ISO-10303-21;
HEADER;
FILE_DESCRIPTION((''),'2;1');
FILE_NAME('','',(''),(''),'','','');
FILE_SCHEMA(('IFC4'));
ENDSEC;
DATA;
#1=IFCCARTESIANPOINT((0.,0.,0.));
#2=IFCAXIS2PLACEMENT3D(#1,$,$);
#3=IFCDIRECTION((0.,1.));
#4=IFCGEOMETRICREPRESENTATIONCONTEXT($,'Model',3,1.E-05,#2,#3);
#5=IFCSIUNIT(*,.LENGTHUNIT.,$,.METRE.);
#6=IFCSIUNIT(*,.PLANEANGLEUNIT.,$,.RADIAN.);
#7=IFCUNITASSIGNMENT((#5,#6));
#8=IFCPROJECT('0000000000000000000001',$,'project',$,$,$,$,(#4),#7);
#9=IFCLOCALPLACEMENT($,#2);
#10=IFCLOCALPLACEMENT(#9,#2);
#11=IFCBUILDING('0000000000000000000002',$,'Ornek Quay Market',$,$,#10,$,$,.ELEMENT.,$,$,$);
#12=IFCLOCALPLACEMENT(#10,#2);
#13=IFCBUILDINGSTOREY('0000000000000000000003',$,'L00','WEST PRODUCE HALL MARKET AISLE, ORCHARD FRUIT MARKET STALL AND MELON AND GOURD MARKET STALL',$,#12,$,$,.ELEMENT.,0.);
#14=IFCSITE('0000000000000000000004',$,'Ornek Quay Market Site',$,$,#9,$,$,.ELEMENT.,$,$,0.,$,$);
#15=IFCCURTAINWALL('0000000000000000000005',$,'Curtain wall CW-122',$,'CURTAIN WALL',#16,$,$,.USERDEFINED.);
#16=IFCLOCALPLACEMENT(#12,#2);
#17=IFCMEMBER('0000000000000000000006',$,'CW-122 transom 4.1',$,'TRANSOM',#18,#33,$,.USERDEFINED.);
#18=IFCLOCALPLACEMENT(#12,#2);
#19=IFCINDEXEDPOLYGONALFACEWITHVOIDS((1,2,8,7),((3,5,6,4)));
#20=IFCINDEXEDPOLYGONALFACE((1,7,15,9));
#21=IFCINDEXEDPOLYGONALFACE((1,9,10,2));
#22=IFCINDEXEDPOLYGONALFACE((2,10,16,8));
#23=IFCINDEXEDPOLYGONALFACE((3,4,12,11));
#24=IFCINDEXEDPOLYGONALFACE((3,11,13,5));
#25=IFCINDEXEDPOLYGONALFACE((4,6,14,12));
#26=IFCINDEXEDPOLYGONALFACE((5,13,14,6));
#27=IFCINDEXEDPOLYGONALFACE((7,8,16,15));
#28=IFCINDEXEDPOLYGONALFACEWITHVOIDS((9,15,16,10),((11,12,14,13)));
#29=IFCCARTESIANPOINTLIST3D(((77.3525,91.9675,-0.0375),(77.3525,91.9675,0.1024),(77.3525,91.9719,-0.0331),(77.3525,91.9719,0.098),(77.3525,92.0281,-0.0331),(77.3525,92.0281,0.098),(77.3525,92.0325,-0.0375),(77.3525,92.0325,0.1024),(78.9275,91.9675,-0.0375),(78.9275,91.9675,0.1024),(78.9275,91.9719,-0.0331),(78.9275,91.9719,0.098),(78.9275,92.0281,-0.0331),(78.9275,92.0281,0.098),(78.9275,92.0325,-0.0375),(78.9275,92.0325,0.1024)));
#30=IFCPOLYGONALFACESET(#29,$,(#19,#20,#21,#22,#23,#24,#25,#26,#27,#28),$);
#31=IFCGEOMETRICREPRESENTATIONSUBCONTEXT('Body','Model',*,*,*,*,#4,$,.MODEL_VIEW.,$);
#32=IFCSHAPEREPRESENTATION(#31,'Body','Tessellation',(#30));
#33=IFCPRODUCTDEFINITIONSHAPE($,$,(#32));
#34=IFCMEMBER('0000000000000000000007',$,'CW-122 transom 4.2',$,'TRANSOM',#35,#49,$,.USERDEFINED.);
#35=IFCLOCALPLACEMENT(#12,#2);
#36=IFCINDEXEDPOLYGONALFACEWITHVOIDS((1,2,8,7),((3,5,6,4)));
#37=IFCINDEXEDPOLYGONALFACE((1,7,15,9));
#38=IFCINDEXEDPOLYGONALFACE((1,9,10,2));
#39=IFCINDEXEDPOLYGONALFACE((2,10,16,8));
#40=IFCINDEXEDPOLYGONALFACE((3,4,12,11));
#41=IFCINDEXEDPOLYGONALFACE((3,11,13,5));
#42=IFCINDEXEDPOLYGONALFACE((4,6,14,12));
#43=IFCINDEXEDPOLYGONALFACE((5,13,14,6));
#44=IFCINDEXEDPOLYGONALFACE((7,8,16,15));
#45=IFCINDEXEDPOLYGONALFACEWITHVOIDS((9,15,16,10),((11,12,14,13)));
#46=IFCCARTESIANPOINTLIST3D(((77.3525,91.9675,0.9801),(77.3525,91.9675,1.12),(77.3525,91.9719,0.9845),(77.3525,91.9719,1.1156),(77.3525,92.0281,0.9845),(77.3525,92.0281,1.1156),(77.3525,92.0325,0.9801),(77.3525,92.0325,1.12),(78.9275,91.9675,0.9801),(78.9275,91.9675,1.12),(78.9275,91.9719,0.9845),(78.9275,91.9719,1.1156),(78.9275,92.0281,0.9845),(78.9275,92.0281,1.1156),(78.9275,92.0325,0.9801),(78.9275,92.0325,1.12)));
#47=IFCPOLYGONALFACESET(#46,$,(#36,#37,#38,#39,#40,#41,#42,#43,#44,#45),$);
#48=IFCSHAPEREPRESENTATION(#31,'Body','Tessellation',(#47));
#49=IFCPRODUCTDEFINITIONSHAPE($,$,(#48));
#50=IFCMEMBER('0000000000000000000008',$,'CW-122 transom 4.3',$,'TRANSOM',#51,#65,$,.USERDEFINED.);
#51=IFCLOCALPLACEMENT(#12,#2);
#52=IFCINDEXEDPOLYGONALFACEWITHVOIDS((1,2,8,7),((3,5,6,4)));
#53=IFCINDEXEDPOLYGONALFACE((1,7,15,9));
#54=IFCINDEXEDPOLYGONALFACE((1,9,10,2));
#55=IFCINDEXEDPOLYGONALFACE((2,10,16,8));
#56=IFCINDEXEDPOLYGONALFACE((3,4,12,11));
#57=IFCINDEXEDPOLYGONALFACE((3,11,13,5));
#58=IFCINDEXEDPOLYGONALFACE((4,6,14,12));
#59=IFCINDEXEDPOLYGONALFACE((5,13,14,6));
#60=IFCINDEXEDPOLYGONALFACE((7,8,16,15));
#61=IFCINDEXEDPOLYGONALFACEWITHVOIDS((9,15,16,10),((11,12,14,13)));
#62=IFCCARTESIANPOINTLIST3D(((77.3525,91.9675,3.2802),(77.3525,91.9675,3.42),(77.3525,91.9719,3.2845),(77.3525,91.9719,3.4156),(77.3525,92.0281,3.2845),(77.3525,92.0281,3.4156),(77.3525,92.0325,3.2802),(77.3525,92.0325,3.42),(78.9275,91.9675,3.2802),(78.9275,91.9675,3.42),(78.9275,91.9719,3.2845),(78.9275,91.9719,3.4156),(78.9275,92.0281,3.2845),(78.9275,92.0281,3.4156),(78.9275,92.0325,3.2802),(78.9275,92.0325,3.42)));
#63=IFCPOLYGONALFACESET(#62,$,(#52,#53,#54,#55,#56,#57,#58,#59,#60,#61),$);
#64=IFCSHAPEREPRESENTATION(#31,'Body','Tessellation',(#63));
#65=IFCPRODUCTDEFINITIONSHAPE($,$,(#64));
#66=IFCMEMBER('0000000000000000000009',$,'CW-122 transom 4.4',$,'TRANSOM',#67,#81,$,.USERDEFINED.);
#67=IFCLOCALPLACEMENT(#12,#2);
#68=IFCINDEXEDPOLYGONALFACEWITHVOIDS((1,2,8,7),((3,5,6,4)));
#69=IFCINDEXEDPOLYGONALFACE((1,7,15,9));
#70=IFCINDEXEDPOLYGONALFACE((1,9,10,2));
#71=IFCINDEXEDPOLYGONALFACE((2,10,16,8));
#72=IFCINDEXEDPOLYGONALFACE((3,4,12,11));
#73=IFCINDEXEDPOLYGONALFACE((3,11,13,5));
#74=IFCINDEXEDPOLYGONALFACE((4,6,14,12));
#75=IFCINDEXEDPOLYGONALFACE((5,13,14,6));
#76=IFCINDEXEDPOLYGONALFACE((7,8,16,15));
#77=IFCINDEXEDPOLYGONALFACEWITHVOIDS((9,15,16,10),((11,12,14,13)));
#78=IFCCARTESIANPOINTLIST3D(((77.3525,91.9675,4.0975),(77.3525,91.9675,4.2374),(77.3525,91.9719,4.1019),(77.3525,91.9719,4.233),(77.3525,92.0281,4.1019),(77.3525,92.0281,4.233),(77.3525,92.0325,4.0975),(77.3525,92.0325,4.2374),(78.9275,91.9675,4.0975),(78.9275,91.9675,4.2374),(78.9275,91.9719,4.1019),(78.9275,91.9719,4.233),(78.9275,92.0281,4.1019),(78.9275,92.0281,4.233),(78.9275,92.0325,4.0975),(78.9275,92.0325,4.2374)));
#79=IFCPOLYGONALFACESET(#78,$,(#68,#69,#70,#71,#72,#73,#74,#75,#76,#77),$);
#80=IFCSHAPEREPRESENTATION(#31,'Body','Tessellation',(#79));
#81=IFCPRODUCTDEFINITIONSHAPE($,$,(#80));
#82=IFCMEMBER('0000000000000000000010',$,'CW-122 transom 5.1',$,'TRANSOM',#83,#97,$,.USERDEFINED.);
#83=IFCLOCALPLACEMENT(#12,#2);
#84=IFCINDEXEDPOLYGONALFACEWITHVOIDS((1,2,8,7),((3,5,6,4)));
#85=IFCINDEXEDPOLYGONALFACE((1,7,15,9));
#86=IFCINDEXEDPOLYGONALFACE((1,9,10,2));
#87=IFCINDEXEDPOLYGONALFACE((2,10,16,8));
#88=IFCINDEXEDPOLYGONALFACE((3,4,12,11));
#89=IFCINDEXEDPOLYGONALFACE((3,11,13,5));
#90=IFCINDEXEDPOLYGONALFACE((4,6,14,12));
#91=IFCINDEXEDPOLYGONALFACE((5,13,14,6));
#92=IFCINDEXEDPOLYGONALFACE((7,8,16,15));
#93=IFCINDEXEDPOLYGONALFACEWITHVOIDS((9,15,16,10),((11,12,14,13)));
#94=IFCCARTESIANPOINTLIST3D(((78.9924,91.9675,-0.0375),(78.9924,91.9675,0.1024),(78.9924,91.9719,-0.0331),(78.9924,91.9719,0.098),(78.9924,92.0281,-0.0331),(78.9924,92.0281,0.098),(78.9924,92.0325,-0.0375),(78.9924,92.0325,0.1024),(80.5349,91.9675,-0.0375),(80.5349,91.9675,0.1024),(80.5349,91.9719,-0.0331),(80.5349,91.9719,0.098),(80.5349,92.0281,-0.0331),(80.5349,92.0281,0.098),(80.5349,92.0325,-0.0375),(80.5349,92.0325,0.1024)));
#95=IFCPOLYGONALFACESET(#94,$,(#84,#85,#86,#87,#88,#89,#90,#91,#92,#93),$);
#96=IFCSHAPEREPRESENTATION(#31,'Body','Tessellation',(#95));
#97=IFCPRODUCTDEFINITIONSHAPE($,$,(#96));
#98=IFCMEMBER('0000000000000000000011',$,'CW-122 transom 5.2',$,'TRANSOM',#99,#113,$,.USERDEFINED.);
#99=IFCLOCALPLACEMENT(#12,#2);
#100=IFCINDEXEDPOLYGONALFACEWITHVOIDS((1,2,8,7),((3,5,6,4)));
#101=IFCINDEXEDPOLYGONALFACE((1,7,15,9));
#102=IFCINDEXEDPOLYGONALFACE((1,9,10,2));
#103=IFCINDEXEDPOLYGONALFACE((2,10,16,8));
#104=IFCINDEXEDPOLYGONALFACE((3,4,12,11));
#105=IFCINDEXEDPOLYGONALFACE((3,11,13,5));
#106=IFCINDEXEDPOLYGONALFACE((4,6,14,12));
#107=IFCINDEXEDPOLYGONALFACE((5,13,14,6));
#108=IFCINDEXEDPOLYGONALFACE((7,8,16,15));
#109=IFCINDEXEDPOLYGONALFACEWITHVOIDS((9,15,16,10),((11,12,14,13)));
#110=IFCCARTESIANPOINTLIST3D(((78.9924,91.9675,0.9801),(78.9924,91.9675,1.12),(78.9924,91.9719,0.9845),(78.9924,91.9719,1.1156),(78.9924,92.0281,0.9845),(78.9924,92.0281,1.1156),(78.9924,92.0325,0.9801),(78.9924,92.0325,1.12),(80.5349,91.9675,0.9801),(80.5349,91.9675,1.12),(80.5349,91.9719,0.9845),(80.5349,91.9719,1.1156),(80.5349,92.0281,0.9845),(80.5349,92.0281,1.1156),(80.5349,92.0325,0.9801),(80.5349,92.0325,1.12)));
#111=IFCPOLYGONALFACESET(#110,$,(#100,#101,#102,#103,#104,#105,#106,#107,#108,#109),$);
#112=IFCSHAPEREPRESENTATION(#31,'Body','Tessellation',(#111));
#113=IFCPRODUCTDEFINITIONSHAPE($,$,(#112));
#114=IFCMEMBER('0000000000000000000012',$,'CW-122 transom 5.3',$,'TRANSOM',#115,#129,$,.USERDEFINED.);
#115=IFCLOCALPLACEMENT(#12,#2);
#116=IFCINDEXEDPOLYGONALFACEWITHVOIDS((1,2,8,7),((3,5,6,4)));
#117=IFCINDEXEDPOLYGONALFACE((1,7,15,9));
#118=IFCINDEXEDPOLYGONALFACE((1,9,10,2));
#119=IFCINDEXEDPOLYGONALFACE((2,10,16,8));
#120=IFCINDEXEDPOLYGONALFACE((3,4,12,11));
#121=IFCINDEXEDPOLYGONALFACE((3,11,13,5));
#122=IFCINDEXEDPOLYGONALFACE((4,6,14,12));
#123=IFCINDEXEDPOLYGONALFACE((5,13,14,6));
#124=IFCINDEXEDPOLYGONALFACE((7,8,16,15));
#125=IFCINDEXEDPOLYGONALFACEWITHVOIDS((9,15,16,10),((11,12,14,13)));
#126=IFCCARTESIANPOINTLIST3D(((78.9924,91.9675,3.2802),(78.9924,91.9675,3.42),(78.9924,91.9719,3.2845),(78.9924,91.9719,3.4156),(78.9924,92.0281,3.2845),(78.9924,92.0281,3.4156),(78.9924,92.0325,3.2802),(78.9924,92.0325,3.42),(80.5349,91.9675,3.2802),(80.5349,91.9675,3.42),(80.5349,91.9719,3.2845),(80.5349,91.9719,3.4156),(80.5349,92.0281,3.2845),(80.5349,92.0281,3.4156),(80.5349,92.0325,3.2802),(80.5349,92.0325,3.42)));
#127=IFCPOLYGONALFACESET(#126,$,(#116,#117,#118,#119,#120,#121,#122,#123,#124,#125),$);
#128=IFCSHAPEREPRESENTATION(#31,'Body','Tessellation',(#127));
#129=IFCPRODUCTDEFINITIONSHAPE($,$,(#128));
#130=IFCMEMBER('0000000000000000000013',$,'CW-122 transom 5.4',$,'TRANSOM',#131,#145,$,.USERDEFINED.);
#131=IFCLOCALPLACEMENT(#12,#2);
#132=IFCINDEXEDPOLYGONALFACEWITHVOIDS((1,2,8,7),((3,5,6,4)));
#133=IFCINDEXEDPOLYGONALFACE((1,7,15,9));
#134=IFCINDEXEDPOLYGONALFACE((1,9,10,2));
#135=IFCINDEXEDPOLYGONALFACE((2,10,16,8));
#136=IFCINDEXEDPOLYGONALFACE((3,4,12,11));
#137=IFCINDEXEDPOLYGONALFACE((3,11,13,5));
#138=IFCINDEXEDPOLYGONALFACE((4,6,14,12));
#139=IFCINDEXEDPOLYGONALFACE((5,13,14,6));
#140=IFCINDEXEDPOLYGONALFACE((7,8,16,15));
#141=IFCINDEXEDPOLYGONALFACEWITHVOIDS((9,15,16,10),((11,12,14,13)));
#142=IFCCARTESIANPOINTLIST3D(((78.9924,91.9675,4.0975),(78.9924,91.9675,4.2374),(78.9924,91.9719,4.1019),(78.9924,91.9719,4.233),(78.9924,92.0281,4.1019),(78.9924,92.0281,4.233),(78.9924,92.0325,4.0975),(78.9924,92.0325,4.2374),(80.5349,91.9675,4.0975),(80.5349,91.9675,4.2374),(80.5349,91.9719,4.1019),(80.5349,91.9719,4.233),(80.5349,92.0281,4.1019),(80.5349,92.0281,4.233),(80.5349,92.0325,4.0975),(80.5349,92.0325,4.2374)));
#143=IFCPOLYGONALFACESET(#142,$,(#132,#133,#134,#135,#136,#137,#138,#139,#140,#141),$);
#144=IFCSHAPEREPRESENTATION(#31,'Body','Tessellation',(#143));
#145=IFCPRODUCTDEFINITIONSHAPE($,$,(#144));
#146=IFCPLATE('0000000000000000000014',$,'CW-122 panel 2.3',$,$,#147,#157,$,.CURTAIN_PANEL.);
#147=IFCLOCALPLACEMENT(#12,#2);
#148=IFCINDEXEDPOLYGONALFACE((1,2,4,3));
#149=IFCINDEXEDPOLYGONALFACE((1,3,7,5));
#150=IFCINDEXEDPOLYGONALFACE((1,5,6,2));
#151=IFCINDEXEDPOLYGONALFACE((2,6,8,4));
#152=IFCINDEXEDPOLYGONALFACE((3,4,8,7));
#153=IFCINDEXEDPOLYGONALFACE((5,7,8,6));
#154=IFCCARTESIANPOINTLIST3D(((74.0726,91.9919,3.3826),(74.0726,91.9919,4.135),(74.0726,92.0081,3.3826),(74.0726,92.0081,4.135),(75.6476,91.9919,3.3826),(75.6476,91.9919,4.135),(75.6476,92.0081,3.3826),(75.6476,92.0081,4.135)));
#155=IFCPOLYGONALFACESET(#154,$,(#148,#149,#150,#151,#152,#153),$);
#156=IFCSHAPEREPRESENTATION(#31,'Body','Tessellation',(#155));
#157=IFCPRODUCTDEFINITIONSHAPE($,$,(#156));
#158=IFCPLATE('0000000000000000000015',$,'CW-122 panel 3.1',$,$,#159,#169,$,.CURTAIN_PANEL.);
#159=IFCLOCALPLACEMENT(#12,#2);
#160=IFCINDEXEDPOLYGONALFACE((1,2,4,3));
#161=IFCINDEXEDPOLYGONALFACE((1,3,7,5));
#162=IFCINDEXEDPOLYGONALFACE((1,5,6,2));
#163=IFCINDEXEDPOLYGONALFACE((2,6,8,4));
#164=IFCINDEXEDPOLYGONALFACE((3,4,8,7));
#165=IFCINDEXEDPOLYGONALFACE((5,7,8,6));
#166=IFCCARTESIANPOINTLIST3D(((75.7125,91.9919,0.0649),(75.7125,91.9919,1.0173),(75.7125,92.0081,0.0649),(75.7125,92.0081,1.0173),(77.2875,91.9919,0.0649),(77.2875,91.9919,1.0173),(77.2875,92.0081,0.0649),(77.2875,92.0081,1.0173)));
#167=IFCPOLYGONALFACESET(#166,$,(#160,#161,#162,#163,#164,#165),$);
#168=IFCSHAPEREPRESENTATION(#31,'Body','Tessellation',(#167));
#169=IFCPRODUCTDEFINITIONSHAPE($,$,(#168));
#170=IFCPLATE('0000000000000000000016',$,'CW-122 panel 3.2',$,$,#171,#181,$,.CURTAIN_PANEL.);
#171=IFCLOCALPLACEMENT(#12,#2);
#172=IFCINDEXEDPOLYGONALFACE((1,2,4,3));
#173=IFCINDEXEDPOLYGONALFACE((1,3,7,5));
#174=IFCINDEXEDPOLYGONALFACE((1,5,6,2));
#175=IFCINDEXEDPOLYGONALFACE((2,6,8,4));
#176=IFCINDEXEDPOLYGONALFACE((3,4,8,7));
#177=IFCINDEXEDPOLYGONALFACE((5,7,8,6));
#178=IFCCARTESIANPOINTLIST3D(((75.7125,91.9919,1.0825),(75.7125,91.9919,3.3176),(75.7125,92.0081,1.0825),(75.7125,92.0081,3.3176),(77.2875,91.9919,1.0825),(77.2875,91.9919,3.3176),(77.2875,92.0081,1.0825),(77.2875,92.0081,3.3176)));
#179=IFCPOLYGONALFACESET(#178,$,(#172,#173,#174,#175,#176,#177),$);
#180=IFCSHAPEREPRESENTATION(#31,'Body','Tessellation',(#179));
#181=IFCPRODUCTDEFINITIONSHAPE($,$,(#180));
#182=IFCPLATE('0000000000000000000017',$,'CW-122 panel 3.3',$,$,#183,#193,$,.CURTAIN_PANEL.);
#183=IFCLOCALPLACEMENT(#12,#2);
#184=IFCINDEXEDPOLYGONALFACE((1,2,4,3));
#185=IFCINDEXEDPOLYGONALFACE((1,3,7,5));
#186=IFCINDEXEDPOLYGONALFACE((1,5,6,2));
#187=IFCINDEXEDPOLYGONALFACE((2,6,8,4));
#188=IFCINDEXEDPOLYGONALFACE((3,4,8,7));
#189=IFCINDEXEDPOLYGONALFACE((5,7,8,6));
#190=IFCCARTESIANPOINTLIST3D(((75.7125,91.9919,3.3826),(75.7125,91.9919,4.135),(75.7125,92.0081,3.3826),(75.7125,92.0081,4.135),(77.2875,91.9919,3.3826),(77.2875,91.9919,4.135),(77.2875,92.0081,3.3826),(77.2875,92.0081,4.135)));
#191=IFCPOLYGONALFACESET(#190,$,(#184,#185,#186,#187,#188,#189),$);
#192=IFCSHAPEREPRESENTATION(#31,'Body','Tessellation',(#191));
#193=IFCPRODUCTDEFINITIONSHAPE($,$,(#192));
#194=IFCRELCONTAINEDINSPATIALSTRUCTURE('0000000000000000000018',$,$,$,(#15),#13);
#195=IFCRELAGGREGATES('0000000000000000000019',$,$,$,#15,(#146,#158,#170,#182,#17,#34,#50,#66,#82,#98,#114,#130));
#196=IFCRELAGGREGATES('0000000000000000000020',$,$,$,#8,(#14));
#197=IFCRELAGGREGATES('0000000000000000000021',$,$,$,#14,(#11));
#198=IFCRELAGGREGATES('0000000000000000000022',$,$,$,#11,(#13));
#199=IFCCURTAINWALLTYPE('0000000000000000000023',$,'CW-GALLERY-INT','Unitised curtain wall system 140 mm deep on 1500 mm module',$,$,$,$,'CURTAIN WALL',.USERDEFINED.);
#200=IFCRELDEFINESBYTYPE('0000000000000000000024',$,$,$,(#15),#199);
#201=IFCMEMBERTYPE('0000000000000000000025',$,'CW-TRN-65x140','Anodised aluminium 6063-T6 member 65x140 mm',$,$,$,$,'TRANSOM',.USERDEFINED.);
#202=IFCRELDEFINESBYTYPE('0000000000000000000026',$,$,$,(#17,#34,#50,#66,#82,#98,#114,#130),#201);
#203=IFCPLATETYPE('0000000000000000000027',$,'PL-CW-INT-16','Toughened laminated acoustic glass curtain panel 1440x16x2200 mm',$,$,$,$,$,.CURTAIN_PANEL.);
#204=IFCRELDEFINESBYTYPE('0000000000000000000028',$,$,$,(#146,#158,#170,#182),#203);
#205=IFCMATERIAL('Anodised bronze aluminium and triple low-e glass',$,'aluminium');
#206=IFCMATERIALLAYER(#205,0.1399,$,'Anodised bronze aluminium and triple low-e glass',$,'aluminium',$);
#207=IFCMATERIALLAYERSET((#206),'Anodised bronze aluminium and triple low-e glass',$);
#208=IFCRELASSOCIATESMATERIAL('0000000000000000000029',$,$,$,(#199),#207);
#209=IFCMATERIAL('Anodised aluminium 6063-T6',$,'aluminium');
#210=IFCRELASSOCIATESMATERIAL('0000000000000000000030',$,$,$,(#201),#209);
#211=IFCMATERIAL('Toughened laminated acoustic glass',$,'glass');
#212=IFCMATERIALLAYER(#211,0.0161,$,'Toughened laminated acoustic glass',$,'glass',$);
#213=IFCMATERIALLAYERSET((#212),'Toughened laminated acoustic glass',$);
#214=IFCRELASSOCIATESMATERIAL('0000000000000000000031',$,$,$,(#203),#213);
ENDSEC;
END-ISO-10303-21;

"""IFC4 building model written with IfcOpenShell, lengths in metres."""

from ifc_helpers import new_model, si_unit, direction, frame, origin, origin_2d, place, context, subcontext, project, spatial, rectangle, hollow_rectangle, extrude, material, layer, layer_set, material_profile, profile_set, type_object, element, aggregate, save


model = new_model("IFC4")

# Units and contexts
model_context = context("Model", 3, precision=1e-05, world=origin(), true_north=direction((0.0, 1.0)))
body_context = subcontext(model_context, "Body", "Model", "MODEL_VIEW")
ifc_project = project(units=[si_unit("LENGTHUNIT", "METRE"), si_unit("PLANEANGLEUNIT", "RADIAN")], contexts=[model_context])

# Site, building, storey
site_placement = place(None, origin())
site = spatial("IfcSite", under=ifc_project, at=site_placement, Name="Ornek Quay Market Site", CompositionType="ELEMENT", RefElevation=0.0)
building_placement = place(site_placement, origin())
building = spatial("IfcBuilding", under=site, at=building_placement, Name="Ornek Quay Market", CompositionType="ELEMENT")
storey_placement = place(building_placement, origin())
storey = spatial("IfcBuildingStorey", under=building, at=storey_placement, Name="L00", Description="WEST PRODUCE HALL MARKET AISLE, ORCHARD FRUIT MARKET STALL AND MELON AND GOURD MARKET STALL", CompositionType="ELEMENT", Elevation=0.0)

# Curtain wall, members, plates
ifc_material_1 = material(Name="Anodised bronze aluminium and triple low-e glass", Category="aluminium")
ifc_layer_1 = layer(ifc_material_1, 0.1399, Name="Anodised bronze aluminium and triple low-e glass", Category="aluminium")
ifc_layer_set_1 = layer_set([ifc_layer_1], Name="Anodised bronze aluminium and triple low-e glass")
curtain_wall_type = type_object("IfcCurtainWallType", Name="CW-GALLERY-INT", Description="Unitised curtain wall system 140 mm deep on 1500 mm module", ElementType="CURTAIN WALL", PredefinedType="USERDEFINED", material=ifc_layer_set_1)
curtain_wall_placement = place(storey_placement, origin())
curtain_wall = element("IfcCurtainWall", 1, at=curtain_wall_placement, inside=storey, type_object=curtain_wall_type, Name="Curtain wall CW-122", ObjectType="CURTAIN WALL", PredefinedType="USERDEFINED")
ifc_material_2 = material(Name="Anodised aluminium 6063-T6", Category="aluminium")
ifc_material_profile_1 = material_profile(ifc_material_2, hollow_rectangle(XDim=0.0649, YDim=0.1399, WallThickness=0.0044, at=origin_2d()), Name="CW-TRN-65x140", Category="aluminium")
ifc_profile_set_1 = profile_set([ifc_material_profile_1], Name="Anodised aluminium 6063-T6")
member_type_1 = type_object("IfcMemberType", Name="CW-TRN-65x140", Description="Anodised aluminium 6063-T6 member 65x140 mm", ElementType="TRANSOM", PredefinedType="USERDEFINED", material=ifc_profile_set_1)
member_1_placement = place(storey_placement, frame((77.3525, 92.0, 0.0325), z_axis=(1.0, 0.0, 0.0), x_axis=(0.0, 1.0, 0.0)))
member_1 = element("IfcMember", 2, at=member_1_placement, type_object=member_type_1, Name="CW-122 transom 4.1", ObjectType="TRANSOM", PredefinedType="USERDEFINED", context=body_context, shape_type="SweptSolid", body=[
    extrude(hollow_rectangle(XDim=0.0649, YDim=0.1399, WallThickness=0.0044, at=origin_2d()), origin(), (0.0, 0.0, 1.0), 1.575),
])
member_2_placement = place(storey_placement, frame((77.3525, 92.0, 1.05), z_axis=(1.0, 0.0, 0.0), x_axis=(0.0, 1.0, 0.0)))
member_2 = element("IfcMember", 3, at=member_2_placement, type_object=member_type_1, Name="CW-122 transom 4.2", ObjectType="TRANSOM", PredefinedType="USERDEFINED", context=body_context, shape_type="SweptSolid", body=[
    extrude(hollow_rectangle(XDim=0.0649, YDim=0.1399, WallThickness=0.0044, at=origin_2d()), origin(), (0.0, 0.0, 1.0), 1.575),
])
member_3_placement = place(storey_placement, frame((77.3525, 92.0, 3.3501), z_axis=(1.0, 0.0, 0.0), x_axis=(0.0, 1.0, 0.0)))
member_3 = element("IfcMember", 4, at=member_3_placement, type_object=member_type_1, Name="CW-122 transom 4.3", ObjectType="TRANSOM", PredefinedType="USERDEFINED", context=body_context, shape_type="SweptSolid", body=[
    extrude(hollow_rectangle(XDim=0.0649, YDim=0.1399, WallThickness=0.0044, at=origin_2d()), origin(), (0.0, 0.0, 1.0), 1.575),
])
member_4_placement = place(storey_placement, frame((77.3525, 92.0, 4.1675), z_axis=(1.0, 0.0, 0.0), x_axis=(0.0, 1.0, 0.0)))
member_4 = element("IfcMember", 5, at=member_4_placement, type_object=member_type_1, Name="CW-122 transom 4.4", ObjectType="TRANSOM", PredefinedType="USERDEFINED", context=body_context, shape_type="SweptSolid", body=[
    extrude(hollow_rectangle(XDim=0.0649, YDim=0.1399, WallThickness=0.0044, at=origin_2d()), origin(), (0.0, 0.0, 1.0), 1.575),
])
member_5_placement = place(storey_placement, frame((78.9924, 92.0, 0.0325), z_axis=(1.0, 0.0, 0.0), x_axis=(0.0, 1.0, 0.0)))
member_5 = element("IfcMember", 6, at=member_5_placement, type_object=member_type_1, Name="CW-122 transom 5.1", ObjectType="TRANSOM", PredefinedType="USERDEFINED", context=body_context, shape_type="SweptSolid", body=[
    extrude(hollow_rectangle(XDim=0.0649, YDim=0.1399, WallThickness=0.0044, at=origin_2d()), origin(), (0.0, 0.0, 1.0), 1.5425),
])
member_6_placement = place(storey_placement, frame((78.9924, 92.0, 1.05), z_axis=(1.0, 0.0, 0.0), x_axis=(0.0, 1.0, 0.0)))
member_6 = element("IfcMember", 7, at=member_6_placement, type_object=member_type_1, Name="CW-122 transom 5.2", ObjectType="TRANSOM", PredefinedType="USERDEFINED", context=body_context, shape_type="SweptSolid", body=[
    extrude(hollow_rectangle(XDim=0.0649, YDim=0.1399, WallThickness=0.0044, at=origin_2d()), origin(), (0.0, 0.0, 1.0), 1.5425),
])
member_7_placement = place(storey_placement, frame((78.9924, 92.0, 3.3501), z_axis=(1.0, 0.0, 0.0), x_axis=(0.0, 1.0, 0.0)))
member_7 = element("IfcMember", 8, at=member_7_placement, type_object=member_type_1, Name="CW-122 transom 5.3", ObjectType="TRANSOM", PredefinedType="USERDEFINED", context=body_context, shape_type="SweptSolid", body=[
    extrude(hollow_rectangle(XDim=0.0649, YDim=0.1399, WallThickness=0.0044, at=origin_2d()), origin(), (0.0, 0.0, 1.0), 1.5425),
])
member_8_placement = place(storey_placement, frame((78.9924, 92.0, 4.1675), z_axis=(1.0, 0.0, 0.0), x_axis=(0.0, 1.0, 0.0)))
member_8 = element("IfcMember", 9, at=member_8_placement, type_object=member_type_1, Name="CW-122 transom 5.4", ObjectType="TRANSOM", PredefinedType="USERDEFINED", context=body_context, shape_type="SweptSolid", body=[
    extrude(hollow_rectangle(XDim=0.0649, YDim=0.1399, WallThickness=0.0044, at=origin_2d()), origin(), (0.0, 0.0, 1.0), 1.5425),
])
ifc_material_3 = material(Name="Toughened laminated acoustic glass", Category="glass")
ifc_layer_2 = layer(ifc_material_3, 0.0161, Name="Toughened laminated acoustic glass", Category="glass")
ifc_layer_set_2 = layer_set([ifc_layer_2], Name="Toughened laminated acoustic glass")
plate_type = type_object("IfcPlateType", Name="PL-CW-INT-16", Description="Toughened laminated acoustic glass curtain panel 1440x16x2200 mm", PredefinedType="CURTAIN_PANEL", material=ifc_layer_set_2)
plate_1_placement = place(storey_placement, frame((74.8601, 92.0, 3.3826), z_axis=(0.0, 0.0, 1.0), x_axis=(1.0, 0.0, 0.0)))
plate_1 = element("IfcPlate", 10, at=plate_1_placement, type_object=plate_type, Name="CW-122 panel 2.3", PredefinedType="CURTAIN_PANEL", context=body_context, shape_type="SweptSolid", body=[
    extrude(rectangle(XDim=1.575, YDim=0.0161, at=origin_2d()), origin(), (0.0, 0.0, 1.0), 0.7524),
])
plate_2_placement = place(storey_placement, frame((76.5, 92.0, 0.0649), z_axis=(0.0, 0.0, 1.0), x_axis=(1.0, 0.0, 0.0)))
plate_2 = element("IfcPlate", 11, at=plate_2_placement, type_object=plate_type, Name="CW-122 panel 3.1", PredefinedType="CURTAIN_PANEL", context=body_context, shape_type="SweptSolid", body=[
    extrude(rectangle(XDim=1.575, YDim=0.0161, at=origin_2d()), origin(), (0.0, 0.0, 1.0), 0.9524),
])
plate_3_placement = place(storey_placement, frame((76.5, 92.0, 1.0825), z_axis=(0.0, 0.0, 1.0), x_axis=(1.0, 0.0, 0.0)))
plate_3 = element("IfcPlate", 12, at=plate_3_placement, type_object=plate_type, Name="CW-122 panel 3.2", PredefinedType="CURTAIN_PANEL", context=body_context, shape_type="SweptSolid", body=[
    extrude(rectangle(XDim=1.575, YDim=0.0161, at=origin_2d()), origin(), (0.0, 0.0, 1.0), 2.2351),
])
plate_4_placement = place(storey_placement, frame((76.5, 92.0, 3.3826), z_axis=(0.0, 0.0, 1.0), x_axis=(1.0, 0.0, 0.0)))
plate_4 = element("IfcPlate", 13, at=plate_4_placement, type_object=plate_type, Name="CW-122 panel 3.3", PredefinedType="CURTAIN_PANEL", context=body_context, shape_type="SweptSolid", body=[
    extrude(rectangle(XDim=1.575, YDim=0.0161, at=origin_2d()), origin(), (0.0, 0.0, 1.0), 0.7524),
])
aggregate(curtain_wall, [plate_1, plate_2, plate_3, plate_4, member_1, member_2, member_3, member_4, member_5, member_6, member_7, member_8])

save(model, "model.ifc")
